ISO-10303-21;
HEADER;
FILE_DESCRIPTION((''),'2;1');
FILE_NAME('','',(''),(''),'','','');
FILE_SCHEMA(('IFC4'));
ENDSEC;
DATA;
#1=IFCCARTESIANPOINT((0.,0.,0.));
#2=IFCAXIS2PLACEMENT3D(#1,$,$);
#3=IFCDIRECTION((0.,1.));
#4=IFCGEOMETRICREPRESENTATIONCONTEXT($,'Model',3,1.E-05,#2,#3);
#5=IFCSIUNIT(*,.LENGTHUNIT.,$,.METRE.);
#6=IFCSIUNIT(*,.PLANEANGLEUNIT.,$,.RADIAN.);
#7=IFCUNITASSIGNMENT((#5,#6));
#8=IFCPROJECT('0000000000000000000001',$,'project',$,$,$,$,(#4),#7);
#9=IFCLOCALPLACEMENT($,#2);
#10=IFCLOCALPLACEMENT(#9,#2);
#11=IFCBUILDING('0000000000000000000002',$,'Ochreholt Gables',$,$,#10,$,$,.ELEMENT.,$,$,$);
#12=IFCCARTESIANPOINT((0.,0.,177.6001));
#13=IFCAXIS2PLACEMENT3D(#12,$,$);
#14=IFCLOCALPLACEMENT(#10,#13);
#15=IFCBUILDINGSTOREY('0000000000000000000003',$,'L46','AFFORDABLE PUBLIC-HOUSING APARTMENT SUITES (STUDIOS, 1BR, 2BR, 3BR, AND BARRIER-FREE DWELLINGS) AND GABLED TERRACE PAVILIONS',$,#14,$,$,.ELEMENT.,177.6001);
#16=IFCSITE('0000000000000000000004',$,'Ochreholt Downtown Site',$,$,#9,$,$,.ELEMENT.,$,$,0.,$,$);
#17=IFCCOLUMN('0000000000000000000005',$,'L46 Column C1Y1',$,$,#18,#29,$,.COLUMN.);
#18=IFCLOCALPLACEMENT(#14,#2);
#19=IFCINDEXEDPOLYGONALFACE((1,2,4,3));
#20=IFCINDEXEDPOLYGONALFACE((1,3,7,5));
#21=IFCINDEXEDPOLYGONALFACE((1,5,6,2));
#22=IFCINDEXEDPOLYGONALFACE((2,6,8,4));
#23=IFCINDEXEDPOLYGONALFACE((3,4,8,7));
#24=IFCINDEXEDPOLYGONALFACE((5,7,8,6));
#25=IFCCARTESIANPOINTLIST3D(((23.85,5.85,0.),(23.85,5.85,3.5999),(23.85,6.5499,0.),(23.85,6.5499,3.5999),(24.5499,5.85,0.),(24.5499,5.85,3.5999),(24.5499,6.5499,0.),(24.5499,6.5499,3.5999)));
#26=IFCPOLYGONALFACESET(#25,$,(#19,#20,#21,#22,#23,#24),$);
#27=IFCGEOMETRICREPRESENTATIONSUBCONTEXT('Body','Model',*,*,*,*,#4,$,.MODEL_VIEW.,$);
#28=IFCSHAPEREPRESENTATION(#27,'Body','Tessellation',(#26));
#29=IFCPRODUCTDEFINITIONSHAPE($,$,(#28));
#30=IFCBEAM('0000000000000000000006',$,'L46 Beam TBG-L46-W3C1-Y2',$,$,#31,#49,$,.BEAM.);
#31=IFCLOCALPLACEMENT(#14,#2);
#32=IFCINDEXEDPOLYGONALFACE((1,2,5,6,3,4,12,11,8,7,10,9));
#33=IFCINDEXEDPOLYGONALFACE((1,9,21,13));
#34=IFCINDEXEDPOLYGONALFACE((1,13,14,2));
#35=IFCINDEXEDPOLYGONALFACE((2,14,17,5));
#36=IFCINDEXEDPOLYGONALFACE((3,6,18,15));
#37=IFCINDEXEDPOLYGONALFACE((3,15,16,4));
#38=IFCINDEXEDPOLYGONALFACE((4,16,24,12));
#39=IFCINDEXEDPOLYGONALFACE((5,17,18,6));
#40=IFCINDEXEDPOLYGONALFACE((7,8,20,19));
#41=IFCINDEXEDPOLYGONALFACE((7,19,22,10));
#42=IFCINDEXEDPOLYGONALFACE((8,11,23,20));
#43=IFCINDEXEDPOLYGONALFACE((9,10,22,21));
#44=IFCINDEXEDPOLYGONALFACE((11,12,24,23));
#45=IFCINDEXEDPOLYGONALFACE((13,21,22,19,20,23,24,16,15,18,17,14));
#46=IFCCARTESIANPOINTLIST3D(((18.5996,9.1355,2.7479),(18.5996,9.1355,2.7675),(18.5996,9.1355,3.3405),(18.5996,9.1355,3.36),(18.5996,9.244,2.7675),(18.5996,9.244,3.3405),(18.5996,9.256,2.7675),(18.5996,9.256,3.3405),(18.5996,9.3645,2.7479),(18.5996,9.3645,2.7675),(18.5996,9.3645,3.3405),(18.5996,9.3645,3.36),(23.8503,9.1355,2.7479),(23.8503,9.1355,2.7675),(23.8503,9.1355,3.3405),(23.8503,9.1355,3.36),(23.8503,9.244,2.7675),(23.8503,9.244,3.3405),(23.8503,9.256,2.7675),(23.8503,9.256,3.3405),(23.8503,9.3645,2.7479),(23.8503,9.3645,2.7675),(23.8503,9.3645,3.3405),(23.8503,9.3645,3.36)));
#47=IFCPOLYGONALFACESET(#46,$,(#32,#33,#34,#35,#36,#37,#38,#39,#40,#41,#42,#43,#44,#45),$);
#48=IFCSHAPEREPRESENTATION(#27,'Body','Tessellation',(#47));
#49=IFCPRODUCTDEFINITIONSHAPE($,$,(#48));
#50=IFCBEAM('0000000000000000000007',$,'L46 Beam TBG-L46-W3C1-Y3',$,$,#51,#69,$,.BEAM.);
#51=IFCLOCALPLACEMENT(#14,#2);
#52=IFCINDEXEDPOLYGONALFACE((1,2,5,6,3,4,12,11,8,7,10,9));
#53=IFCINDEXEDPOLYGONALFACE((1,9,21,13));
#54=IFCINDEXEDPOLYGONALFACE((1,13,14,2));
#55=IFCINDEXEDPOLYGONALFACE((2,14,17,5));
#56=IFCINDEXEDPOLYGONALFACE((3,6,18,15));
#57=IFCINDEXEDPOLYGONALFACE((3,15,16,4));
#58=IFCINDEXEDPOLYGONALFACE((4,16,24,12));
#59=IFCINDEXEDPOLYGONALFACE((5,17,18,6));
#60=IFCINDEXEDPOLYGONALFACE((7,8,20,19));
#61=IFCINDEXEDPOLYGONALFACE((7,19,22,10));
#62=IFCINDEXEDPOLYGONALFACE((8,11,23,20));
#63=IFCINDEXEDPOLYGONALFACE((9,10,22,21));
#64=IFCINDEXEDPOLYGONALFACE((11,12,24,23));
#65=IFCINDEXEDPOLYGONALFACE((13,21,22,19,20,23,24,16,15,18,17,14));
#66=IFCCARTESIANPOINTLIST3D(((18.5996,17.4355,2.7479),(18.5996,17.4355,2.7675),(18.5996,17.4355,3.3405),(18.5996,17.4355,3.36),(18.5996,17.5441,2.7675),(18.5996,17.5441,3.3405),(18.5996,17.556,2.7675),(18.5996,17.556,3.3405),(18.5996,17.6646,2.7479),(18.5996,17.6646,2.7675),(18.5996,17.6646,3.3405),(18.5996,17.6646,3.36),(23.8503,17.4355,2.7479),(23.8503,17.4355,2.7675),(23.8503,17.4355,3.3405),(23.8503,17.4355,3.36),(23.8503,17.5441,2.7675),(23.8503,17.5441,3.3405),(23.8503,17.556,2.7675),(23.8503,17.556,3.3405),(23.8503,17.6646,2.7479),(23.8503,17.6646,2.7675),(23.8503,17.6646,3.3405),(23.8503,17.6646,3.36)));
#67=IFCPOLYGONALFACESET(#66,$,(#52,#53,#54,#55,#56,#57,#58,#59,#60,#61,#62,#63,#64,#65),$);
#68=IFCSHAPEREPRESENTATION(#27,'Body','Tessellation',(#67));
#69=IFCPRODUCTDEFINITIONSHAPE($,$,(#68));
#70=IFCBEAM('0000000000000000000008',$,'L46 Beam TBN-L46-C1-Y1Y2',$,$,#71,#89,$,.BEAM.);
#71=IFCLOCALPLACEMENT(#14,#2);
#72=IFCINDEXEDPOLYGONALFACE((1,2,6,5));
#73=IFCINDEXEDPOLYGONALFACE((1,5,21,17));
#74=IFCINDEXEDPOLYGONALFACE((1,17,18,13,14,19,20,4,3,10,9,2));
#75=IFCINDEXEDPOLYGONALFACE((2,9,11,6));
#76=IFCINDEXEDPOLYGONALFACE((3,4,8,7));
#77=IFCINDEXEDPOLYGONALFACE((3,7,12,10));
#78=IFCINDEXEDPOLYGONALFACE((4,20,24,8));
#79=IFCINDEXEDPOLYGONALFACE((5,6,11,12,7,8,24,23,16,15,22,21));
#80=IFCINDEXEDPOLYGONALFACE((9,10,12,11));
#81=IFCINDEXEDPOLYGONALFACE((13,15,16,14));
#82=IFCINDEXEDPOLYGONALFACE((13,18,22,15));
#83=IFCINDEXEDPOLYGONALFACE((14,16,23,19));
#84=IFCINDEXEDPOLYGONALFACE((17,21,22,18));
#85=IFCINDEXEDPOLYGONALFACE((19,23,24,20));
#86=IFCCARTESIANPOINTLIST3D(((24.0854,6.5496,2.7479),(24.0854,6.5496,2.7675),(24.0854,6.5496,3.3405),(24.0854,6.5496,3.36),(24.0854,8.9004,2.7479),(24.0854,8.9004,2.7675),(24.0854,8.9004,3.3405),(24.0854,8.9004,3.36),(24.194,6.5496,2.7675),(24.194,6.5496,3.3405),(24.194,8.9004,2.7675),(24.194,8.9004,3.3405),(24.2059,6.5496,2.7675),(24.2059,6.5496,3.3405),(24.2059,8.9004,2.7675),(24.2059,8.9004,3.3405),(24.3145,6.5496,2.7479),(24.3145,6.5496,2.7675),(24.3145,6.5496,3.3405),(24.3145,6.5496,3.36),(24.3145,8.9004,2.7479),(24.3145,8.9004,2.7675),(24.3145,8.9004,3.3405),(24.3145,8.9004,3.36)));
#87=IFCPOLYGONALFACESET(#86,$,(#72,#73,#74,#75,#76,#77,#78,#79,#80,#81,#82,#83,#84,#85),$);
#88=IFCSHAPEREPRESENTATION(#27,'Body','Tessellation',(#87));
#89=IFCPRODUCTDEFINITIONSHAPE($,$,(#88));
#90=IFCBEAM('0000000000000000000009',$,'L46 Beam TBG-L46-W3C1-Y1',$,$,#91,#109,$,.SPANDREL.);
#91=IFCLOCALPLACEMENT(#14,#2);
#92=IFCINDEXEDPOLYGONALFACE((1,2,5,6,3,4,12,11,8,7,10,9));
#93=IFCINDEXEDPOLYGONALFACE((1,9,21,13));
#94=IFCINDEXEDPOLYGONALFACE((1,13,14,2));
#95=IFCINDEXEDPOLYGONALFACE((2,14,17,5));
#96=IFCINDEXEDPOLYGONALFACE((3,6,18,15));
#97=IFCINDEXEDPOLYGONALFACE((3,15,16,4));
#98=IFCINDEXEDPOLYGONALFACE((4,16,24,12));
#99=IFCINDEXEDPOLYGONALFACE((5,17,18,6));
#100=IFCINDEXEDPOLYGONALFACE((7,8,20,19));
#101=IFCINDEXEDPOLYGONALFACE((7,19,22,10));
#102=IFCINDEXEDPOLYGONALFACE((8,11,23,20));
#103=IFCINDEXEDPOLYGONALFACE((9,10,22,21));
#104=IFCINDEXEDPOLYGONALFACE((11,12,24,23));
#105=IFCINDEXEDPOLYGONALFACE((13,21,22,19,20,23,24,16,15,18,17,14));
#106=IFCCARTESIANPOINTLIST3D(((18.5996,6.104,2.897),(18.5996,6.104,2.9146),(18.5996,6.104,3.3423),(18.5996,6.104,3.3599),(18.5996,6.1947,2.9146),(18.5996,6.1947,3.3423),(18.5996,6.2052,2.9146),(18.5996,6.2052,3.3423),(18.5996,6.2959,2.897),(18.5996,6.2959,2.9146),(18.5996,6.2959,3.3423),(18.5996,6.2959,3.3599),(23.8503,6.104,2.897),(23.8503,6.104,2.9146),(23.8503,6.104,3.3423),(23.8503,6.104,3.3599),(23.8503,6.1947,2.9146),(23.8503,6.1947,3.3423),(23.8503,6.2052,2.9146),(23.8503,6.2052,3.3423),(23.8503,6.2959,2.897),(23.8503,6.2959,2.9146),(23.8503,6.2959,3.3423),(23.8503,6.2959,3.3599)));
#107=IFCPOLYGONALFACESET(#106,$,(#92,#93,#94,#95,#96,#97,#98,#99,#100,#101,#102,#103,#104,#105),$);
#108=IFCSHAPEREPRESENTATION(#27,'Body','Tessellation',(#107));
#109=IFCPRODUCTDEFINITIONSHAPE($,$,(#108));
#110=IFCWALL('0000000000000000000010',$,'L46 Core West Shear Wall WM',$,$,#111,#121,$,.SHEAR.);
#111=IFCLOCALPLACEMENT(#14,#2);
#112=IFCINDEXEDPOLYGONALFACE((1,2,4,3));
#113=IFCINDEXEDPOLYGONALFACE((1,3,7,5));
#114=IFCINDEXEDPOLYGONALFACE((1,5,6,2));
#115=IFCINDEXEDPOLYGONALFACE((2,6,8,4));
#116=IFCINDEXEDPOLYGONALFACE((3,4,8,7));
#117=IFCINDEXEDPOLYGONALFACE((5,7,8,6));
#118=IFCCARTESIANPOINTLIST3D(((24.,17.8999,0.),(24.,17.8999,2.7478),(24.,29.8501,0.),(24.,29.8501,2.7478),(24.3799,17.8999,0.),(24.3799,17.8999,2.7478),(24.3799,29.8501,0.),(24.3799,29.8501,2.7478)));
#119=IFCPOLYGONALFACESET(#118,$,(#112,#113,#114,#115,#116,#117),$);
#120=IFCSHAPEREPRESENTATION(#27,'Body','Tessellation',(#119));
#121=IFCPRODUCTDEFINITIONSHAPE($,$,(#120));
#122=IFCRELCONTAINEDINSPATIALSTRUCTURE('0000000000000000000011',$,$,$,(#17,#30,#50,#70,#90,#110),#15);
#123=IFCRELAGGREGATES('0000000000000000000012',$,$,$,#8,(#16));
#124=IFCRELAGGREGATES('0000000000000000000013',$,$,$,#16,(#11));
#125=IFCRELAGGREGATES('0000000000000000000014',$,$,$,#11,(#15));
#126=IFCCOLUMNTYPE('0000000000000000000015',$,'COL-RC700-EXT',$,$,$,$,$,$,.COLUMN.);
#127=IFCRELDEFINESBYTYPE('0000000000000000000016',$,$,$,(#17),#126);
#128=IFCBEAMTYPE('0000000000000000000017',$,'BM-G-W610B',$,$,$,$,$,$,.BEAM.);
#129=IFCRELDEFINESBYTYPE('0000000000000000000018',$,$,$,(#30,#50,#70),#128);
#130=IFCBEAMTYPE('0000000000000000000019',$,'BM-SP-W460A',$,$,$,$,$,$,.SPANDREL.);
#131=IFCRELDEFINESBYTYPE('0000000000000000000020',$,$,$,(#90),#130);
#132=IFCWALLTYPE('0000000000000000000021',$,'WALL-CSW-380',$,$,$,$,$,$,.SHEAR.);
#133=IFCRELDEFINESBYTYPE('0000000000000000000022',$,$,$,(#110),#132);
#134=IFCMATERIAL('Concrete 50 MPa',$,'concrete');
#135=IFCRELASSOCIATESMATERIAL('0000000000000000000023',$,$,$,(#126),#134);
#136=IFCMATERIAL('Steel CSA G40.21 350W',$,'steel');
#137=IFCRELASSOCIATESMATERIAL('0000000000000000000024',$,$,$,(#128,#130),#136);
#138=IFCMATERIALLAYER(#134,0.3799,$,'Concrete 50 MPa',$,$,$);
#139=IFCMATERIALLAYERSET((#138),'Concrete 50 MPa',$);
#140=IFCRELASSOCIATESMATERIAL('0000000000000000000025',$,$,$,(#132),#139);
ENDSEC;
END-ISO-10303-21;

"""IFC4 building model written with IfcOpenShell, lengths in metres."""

from ifc_helpers import new_model, si_unit, direction, frame, frame_2d, origin, origin_2d, place, context, subcontext, project, spatial, rectangle, i_section, extrude, material, layer, layer_set, material_profile, profile_set, type_object, element, save


model = new_model("IFC4")

# Units and contexts
model_context = context("Model", 3, precision=1e-05, world=origin(), true_north=direction((0.0, 1.0)))
body_context = subcontext(model_context, "Body", "Model", "MODEL_VIEW")
ifc_project = project(units=[si_unit("LENGTHUNIT", "METRE"), si_unit("PLANEANGLEUNIT", "RADIAN")], contexts=[model_context])

# Site, building, storey
site_placement = place(None, origin())
site = spatial("IfcSite", under=ifc_project, at=site_placement, Name="Ochreholt Downtown Site", CompositionType="ELEMENT", RefElevation=0.0)
building_placement = place(site_placement, origin())
building = spatial("IfcBuilding", under=site, at=building_placement, Name="Ochreholt Gables", CompositionType="ELEMENT")
storey_placement = place(building_placement, frame((0.0, 0.0, 177.6001)))
storey = spatial("IfcBuildingStorey", under=building, at=storey_placement, Name="L46", Description="AFFORDABLE PUBLIC-HOUSING APARTMENT SUITES (STUDIOS, 1BR, 2BR, 3BR, AND BARRIER-FREE DWELLINGS) AND GABLED TERRACE PAVILIONS", CompositionType="ELEMENT", Elevation=177.6001)

# Column
ifc_material_1 = material(Name="Concrete 50 MPa", Category="concrete")
ifc_material_profile_1 = material_profile(ifc_material_1, rectangle(XDim=0.7, YDim=0.7, at=origin_2d()), Name="RC700X700")
ifc_profile_set_1 = profile_set([ifc_material_profile_1], Name="Concrete 50 MPa")
column_type = type_object("IfcColumnType", Name="COL-RC700-EXT", PredefinedType="COLUMN", material=ifc_profile_set_1)
column_placement = place(storey_placement, frame((24.2, 6.2, 0.0), z_axis=(0.0, 0.0, 1.0), x_axis=(1.0, 0.0, 0.0)))
element("IfcColumn", 1, at=column_placement, inside=storey, type_object=column_type, Name="L46 Column C1Y1", PredefinedType="COLUMN", context=body_context, shape_type="SweptSolid", body=[
    extrude(rectangle(XDim=0.7, YDim=0.7, at=origin_2d()), origin(), (0.0, 0.0, 1.0), 3.5999),
])

# Beams
ifc_material_2 = material(Name="Steel CSA G40.21 350W", Category="steel")
ifc_material_profile_2 = material_profile(ifc_material_2, i_section(OverallWidth=0.229, OverallDepth=0.6121, WebThickness=0.012, FlangeThickness=0.0195, at=origin_2d()), Name="W610X125")
ifc_profile_set_2 = profile_set([ifc_material_profile_2], Name="Steel CSA G40.21 350W")
beam_type_1 = type_object("IfcBeamType", Name="BM-G-W610B", PredefinedType="BEAM", material=ifc_profile_set_2)
for number, where, z_axis, x_axis, name in (
    (2, (18.5996, 9.25, 3.054), (1.0, 0.0, 0.0), (0.0, 1.0, 0.0), "L46 Beam TBG-L46-W3C1-Y2"),
    (3, (18.5996, 17.55, 3.054), (1.0, 0.0, 0.0), (0.0, 1.0, 0.0), "L46 Beam TBG-L46-W3C1-Y3"),
):
    element("IfcBeam", number, at=place(storey_placement, frame(where, z_axis=z_axis, x_axis=x_axis)), inside=storey, type_object=beam_type_1, Name=name, PredefinedType="BEAM", context=body_context, shape_type="SweptSolid", body=[
        extrude(i_section(OverallWidth=0.229, OverallDepth=0.6121, WebThickness=0.012, FlangeThickness=0.0195, at=origin_2d()), origin(), (0.0, 0.0, 1.0), 5.2507),
    ])
beam_1_placement = place(storey_placement, frame((24.2, 6.5496, 3.054), z_axis=(0.0, 1.0, 0.0), x_axis=(-1.0, 0.0, 0.0)))
element("IfcBeam", 4, at=beam_1_placement, inside=storey, type_object=beam_type_1, Name="L46 Beam TBN-L46-C1-Y1Y2", PredefinedType="BEAM", context=body_context, shape_type="SweptSolid", body=[
    extrude(i_section(OverallWidth=0.229, OverallDepth=0.6121, WebThickness=0.012, FlangeThickness=0.0195, at=origin_2d()), origin(), (0.0, 0.0, 1.0), 2.3508),
])
ifc_material_profile_3 = material_profile(ifc_material_2, i_section(OverallWidth=0.1919, OverallDepth=0.4629, WebThickness=0.0105, FlangeThickness=0.0176, at=origin_2d()), Name="W460X89")
ifc_profile_set_3 = profile_set([ifc_material_profile_3], Name="Steel CSA G40.21 350W")
beam_type_2 = type_object("IfcBeamType", Name="BM-SP-W460A", PredefinedType="SPANDREL", material=ifc_profile_set_3)
beam_2_placement = place(storey_placement, frame((18.5996, 6.2, 3.1284), z_axis=(1.0, 0.0, 0.0), x_axis=(0.0, 1.0, 0.0)))
element("IfcBeam", 5, at=beam_2_placement, inside=storey, type_object=beam_type_2, Name="L46 Beam TBG-L46-W3C1-Y1", PredefinedType="SPANDREL", context=body_context, shape_type="SweptSolid", body=[
    extrude(i_section(OverallWidth=0.1919, OverallDepth=0.4629, WebThickness=0.0105, FlangeThickness=0.0176, at=origin_2d()), origin(), (0.0, 0.0, 1.0), 5.2507),
])

# Wall
ifc_layer_1 = layer(ifc_material_1, 0.3799, Name="Concrete 50 MPa")
ifc_layer_set_1 = layer_set([ifc_layer_1], Name="Concrete 50 MPa")
wall_type_1 = type_object("IfcWallType", Name="WALL-CSW-380", PredefinedType="SHEAR", material=ifc_layer_set_1)
wall_1_placement = place(storey_placement, frame((24.1899, 17.8999, 0.0), z_axis=(0.0, 0.0, 1.0), x_axis=(0.0, 1.0, 0.0)))
element("IfcWall", 6, at=wall_1_placement, inside=storey, type_object=wall_type_1, Name="L46 Core West Shear Wall WM", PredefinedType="SHEAR", context=body_context, shape_type="SweptSolid", body=[
    extrude(rectangle(XDim=11.9502, YDim=0.3799, at=frame_2d((5.9751, 0.0))), origin(), (0.0, 0.0, 1.0), 2.7478),
])

save(model, "model.ifc")
